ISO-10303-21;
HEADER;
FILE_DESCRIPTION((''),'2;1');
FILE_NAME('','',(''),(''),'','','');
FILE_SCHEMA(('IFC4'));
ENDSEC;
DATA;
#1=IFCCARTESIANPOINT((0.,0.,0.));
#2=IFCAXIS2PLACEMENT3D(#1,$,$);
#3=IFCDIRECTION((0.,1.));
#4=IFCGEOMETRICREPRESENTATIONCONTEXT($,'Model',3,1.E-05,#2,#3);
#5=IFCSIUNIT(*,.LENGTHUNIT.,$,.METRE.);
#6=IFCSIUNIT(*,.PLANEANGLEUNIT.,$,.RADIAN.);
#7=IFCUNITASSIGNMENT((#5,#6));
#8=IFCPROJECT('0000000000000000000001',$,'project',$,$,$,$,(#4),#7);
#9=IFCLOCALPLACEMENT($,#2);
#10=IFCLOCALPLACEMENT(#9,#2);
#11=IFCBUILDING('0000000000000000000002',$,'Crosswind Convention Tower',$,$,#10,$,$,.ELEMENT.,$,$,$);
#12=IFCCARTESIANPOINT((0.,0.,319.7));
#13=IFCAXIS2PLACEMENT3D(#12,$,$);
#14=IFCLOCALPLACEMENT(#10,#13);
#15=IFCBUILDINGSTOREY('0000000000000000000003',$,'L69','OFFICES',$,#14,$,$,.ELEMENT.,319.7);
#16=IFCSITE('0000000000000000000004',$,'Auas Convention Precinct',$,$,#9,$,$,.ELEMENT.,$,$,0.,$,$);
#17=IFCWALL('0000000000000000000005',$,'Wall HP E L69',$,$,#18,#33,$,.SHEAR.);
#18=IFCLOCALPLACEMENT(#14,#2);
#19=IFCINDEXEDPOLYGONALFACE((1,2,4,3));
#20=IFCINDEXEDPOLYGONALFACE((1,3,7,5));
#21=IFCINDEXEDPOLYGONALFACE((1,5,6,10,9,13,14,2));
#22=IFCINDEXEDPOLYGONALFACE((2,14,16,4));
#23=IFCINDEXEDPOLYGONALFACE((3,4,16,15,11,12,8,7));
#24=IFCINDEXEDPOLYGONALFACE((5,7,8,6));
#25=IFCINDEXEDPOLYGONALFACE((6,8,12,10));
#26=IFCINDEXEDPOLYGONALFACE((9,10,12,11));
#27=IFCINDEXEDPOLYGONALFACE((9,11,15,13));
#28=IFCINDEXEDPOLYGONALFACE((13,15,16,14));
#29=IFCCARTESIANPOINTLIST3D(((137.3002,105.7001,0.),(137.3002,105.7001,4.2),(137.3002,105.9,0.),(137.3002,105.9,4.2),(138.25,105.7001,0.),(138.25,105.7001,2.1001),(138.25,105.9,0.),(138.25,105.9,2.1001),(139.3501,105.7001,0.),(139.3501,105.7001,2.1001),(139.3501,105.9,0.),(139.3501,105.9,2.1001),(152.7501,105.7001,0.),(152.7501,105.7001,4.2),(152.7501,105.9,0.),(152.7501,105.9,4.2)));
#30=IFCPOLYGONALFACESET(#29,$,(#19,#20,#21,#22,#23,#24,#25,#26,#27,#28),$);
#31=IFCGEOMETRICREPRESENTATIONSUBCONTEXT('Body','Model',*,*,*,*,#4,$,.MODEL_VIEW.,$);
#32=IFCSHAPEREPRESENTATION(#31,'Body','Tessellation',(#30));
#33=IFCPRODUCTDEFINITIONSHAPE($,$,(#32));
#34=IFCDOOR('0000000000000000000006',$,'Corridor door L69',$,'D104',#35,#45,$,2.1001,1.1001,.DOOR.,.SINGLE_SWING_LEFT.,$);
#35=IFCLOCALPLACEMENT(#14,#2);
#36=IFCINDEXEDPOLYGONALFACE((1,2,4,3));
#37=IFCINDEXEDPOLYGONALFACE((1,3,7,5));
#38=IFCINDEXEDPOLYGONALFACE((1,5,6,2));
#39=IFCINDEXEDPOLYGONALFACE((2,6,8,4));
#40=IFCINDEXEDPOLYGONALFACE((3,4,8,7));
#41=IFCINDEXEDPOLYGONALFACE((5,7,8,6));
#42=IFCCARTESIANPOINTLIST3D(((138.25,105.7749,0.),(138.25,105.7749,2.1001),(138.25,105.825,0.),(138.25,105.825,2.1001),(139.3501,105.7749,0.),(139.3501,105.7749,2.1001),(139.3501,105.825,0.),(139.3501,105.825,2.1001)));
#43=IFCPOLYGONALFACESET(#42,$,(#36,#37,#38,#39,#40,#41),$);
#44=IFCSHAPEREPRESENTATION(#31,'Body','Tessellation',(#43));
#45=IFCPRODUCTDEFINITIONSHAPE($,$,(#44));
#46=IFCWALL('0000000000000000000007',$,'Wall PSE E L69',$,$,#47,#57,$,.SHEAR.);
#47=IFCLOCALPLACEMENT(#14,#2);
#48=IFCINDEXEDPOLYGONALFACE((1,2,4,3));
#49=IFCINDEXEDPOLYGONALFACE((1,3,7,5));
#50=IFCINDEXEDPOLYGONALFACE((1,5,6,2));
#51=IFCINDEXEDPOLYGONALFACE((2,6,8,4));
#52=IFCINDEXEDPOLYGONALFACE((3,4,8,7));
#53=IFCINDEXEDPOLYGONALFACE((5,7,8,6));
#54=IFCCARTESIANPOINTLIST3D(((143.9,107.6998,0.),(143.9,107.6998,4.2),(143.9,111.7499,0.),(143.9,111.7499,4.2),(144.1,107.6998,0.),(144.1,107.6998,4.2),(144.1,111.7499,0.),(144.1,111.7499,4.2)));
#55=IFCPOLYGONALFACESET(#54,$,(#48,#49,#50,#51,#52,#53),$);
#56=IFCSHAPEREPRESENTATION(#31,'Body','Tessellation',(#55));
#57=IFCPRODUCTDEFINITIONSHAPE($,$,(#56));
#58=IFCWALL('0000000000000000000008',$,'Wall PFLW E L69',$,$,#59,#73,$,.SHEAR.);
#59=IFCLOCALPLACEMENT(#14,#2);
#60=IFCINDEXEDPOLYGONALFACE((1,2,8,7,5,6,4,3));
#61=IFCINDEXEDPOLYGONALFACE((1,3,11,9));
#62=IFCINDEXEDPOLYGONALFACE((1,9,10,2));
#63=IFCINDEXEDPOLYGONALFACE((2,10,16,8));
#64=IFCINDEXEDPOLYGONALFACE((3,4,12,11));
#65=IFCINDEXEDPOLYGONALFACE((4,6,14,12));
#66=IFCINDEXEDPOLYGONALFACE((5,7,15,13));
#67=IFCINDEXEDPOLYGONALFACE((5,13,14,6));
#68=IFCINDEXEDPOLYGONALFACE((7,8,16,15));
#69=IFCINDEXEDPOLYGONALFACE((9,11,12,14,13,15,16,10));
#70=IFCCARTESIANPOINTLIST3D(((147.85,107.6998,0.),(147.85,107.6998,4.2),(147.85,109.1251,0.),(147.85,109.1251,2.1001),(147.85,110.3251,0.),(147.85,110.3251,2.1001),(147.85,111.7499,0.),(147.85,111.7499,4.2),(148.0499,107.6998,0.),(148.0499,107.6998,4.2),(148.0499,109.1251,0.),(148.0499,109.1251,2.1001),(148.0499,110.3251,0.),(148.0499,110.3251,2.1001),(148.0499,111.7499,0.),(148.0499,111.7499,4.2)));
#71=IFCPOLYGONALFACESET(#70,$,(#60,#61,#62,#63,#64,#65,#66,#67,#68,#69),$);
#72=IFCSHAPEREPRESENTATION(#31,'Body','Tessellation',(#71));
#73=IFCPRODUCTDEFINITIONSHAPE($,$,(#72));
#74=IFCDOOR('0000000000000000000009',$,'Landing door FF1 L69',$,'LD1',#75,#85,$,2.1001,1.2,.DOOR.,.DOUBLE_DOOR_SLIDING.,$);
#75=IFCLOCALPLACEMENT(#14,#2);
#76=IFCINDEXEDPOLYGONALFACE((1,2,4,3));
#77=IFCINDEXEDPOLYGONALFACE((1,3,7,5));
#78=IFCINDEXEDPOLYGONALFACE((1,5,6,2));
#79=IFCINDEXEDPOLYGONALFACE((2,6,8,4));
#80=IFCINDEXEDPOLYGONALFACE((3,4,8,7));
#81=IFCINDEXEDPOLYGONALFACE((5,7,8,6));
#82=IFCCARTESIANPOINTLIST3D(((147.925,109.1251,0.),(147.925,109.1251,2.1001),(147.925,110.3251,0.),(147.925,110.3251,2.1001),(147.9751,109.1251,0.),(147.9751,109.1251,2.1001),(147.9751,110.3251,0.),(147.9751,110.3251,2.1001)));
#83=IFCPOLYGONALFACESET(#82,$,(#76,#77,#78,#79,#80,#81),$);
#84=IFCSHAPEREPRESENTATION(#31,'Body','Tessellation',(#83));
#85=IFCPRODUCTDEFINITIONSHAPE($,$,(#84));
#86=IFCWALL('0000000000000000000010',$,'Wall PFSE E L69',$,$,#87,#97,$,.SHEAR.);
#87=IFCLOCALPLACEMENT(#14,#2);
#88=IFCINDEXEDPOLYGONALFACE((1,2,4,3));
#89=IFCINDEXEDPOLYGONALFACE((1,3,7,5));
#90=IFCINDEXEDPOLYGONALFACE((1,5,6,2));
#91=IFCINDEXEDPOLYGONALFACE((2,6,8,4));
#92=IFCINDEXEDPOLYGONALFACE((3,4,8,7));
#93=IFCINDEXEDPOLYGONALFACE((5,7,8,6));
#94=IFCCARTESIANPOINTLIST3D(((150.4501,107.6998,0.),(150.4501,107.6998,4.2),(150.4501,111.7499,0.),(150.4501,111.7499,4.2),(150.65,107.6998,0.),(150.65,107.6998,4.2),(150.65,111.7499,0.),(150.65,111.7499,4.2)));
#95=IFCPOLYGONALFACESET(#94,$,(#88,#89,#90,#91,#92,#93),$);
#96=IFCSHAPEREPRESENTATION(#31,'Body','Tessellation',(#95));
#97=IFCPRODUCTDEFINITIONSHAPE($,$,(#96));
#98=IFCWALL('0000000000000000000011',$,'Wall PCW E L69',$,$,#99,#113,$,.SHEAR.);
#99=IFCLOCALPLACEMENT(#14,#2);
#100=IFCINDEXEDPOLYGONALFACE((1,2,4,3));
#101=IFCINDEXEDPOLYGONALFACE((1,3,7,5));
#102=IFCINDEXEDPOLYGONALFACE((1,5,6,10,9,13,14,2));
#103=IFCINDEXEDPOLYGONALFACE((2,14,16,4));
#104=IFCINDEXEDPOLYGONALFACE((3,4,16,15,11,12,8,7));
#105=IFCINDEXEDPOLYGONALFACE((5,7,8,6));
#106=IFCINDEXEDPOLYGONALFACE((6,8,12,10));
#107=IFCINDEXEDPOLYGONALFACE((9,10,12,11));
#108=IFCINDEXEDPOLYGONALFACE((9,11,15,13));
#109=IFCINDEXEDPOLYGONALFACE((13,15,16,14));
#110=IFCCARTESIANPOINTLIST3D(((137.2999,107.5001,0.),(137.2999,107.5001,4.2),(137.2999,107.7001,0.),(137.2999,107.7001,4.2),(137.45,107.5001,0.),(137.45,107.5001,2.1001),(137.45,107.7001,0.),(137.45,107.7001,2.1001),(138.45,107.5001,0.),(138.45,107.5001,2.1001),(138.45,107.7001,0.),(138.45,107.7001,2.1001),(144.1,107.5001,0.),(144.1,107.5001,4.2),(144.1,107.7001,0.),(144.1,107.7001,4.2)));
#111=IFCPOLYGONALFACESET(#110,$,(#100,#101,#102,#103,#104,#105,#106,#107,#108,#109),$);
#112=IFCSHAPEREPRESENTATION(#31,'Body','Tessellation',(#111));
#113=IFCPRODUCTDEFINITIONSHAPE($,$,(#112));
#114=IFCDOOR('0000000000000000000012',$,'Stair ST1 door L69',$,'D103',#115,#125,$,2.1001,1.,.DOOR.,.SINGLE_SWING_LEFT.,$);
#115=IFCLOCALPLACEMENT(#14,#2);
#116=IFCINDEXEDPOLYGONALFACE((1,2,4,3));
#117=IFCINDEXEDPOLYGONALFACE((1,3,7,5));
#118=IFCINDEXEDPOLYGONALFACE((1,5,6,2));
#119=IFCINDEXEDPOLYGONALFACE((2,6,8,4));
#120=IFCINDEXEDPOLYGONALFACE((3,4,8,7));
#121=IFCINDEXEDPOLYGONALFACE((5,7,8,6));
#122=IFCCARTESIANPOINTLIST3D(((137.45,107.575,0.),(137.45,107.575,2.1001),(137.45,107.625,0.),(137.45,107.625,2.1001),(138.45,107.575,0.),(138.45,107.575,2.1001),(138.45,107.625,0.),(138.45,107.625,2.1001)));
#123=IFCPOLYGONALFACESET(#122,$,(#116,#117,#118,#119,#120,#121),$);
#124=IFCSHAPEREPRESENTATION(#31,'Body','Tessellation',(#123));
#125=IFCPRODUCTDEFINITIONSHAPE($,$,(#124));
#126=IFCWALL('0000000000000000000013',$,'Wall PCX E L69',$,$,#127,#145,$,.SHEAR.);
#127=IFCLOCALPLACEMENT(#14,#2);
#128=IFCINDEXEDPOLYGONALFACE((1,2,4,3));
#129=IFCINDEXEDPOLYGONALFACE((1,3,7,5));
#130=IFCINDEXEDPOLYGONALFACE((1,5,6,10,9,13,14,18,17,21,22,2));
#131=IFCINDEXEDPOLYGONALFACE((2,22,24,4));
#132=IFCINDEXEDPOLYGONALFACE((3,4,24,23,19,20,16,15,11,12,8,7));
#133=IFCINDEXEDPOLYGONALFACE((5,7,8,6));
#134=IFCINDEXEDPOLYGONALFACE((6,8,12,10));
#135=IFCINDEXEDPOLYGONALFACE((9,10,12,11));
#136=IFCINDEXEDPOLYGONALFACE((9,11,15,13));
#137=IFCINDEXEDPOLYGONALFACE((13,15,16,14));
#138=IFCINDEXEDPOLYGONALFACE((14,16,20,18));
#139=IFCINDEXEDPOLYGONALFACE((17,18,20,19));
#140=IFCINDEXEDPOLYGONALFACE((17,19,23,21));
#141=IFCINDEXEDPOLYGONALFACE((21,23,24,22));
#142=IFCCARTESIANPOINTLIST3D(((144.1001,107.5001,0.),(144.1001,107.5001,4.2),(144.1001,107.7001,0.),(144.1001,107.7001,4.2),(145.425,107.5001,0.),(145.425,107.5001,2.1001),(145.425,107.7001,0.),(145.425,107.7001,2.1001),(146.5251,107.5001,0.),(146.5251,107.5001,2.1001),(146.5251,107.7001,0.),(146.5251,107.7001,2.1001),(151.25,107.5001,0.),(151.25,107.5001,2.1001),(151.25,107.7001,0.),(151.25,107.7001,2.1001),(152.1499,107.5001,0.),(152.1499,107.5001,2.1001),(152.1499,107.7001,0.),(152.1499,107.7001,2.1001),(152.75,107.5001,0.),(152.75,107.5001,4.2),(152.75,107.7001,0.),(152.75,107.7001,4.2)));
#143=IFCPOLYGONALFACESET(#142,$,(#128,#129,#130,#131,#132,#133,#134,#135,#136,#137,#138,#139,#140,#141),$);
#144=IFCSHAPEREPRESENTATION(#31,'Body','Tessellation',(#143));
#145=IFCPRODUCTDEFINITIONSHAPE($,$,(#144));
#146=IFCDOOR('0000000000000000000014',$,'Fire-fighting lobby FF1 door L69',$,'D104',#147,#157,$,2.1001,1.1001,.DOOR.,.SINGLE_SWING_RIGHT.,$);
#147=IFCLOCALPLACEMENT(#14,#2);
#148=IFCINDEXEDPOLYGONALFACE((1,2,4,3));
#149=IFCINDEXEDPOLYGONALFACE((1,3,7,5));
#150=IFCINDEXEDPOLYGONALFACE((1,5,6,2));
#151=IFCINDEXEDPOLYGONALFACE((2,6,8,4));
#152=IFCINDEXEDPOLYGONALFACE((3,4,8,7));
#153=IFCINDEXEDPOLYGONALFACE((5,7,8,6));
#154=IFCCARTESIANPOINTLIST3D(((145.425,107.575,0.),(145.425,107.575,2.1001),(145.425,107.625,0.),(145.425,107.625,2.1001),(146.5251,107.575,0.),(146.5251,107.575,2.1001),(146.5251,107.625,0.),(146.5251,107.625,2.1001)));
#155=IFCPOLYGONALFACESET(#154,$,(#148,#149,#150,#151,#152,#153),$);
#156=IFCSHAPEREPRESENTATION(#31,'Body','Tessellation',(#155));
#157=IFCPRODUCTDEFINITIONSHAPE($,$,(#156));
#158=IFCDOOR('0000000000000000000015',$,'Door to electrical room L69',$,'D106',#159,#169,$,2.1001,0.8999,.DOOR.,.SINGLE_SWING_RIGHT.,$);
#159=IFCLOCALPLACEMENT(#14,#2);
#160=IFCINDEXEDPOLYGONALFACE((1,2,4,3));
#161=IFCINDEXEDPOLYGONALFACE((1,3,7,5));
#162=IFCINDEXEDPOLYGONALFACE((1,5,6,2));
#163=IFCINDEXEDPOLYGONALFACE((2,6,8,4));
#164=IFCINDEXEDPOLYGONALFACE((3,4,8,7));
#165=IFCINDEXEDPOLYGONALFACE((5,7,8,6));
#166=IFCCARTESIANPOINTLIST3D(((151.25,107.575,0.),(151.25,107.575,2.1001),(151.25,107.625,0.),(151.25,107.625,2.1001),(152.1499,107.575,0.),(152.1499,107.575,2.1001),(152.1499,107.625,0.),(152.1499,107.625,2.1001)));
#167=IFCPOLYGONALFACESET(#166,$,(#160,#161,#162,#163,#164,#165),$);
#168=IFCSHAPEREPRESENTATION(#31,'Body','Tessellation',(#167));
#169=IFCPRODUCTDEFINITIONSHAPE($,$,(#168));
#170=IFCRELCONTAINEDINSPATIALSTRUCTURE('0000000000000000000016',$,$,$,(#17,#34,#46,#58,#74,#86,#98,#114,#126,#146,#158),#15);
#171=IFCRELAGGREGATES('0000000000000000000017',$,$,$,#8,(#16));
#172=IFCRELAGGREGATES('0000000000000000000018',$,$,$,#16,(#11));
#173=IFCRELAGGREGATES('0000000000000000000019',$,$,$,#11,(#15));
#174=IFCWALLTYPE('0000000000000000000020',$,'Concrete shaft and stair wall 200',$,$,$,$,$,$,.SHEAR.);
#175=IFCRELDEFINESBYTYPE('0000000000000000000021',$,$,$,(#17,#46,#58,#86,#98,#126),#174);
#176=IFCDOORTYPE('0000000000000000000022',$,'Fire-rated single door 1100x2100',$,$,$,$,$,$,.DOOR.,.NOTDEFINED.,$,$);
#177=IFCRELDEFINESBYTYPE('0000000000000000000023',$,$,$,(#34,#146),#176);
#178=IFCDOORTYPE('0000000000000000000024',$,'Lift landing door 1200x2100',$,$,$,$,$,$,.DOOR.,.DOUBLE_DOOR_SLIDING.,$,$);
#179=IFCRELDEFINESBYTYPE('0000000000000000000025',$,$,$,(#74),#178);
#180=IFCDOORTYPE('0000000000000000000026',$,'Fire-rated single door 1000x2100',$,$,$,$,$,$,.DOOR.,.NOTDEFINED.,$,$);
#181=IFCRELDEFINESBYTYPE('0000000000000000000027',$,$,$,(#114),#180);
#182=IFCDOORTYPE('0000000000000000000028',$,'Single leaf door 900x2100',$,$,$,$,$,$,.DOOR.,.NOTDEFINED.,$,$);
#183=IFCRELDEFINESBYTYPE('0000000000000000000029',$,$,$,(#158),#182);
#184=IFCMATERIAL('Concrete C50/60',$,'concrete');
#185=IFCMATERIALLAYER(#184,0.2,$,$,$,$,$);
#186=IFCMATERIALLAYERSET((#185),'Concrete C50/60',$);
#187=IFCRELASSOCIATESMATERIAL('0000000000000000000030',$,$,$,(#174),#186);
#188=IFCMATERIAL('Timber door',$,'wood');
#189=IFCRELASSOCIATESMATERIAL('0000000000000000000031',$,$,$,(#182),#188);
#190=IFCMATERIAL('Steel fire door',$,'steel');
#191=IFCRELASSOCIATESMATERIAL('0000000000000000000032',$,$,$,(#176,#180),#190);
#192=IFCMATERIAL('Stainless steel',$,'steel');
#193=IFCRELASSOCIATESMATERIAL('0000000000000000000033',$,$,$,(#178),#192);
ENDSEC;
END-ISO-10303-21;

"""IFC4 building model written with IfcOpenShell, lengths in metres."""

from ifc_helpers import new_model, si_unit, direction, frame, frame_2d, origin, place, context, subcontext, project, spatial, rectangle, extrude, material, layer, layer_set, type_object, element, fill, save


model = new_model("IFC4")

# Units and contexts
model_context = context("Model", 3, precision=1e-05, world=origin(), true_north=direction((0.0, 1.0)))
body_context = subcontext(model_context, "Body", "Model", "MODEL_VIEW")
ifc_project = project(units=[si_unit("LENGTHUNIT", "METRE"), si_unit("PLANEANGLEUNIT", "RADIAN")], contexts=[model_context])

# Site, building, storey
site_placement = place(None, origin())
site = spatial("IfcSite", under=ifc_project, at=site_placement, Name="Auas Convention Precinct", CompositionType="ELEMENT", RefElevation=0.0)
building_placement = place(site_placement, origin())
building = spatial("IfcBuilding", under=site, at=building_placement, Name="Crosswind Convention Tower", CompositionType="ELEMENT")
storey_placement = place(building_placement, frame((0.0, 0.0, 319.7)))
storey = spatial("IfcBuildingStorey", under=building, at=storey_placement, Name="L69", Description="OFFICES", CompositionType="ELEMENT", Elevation=319.7)

# Shared definitions
ifc_material_1 = material(Name="Concrete C50/60", Category="concrete")
ifc_layer_1 = layer(ifc_material_1, 0.2)
ifc_layer_set_1 = layer_set([ifc_layer_1], Name="Concrete C50/60")
wall_type_1 = type_object("IfcWallType", Name="Concrete shaft and stair wall 200", PredefinedType="SHEAR", material=ifc_layer_set_1)

# Shared definitions
ifc_material_2 = material(Name="Timber door", Category="wood")
door_type_1 = type_object("IfcDoorType", Name="Single leaf door 900x2100", OperationType="NOTDEFINED", PredefinedType="DOOR", material=ifc_material_2)

# Wall, opening, door
wall_1_placement = place(storey_placement, frame((137.3, 105.8, 0.0), z_axis=(0.0, 0.0, 1.0), x_axis=(1.0, 0.0, 0.0)))
wall_1 = element("IfcWall", 1, at=wall_1_placement, inside=storey, type_object=wall_type_1, Name="Wall HP E L69", PredefinedType="SHEAR", context=body_context, shape_type="SweptSolid", body=[
    extrude(rectangle(XDim=15.45, YDim=0.2, at=frame_2d((7.7251, 0.0))), origin(), (0.0, 0.0, 1.0), 4.2),
])
opening_1_placement = place(wall_1_placement, frame((0.95, 0.0, 0.0)))
opening_1 = element("IfcOpeningElement", 2, at=opening_1_placement, cuts=wall_1, PredefinedType="OPENING", context=body_context, shape_type="SweptSolid", body=[
    extrude(rectangle(XDim=1.1001, YDim=2.1001, at=frame_2d((0.55, 1.05))), frame((0.0, 0.1099, 0.0), z_axis=(0.0, -1.0, 0.0), x_axis=(1.0, 0.0, 0.0)), (0.0, 0.0, 1.0), 0.22),
])
ifc_material_3 = material(Name="Steel fire door", Category="steel")
door_type_2 = type_object("IfcDoorType", Name="Fire-rated single door 1100x2100", OperationType="NOTDEFINED", PredefinedType="DOOR", material=ifc_material_3)
door_1_placement = place(opening_1_placement, origin())
door_1 = element("IfcDoor", 3, at=door_1_placement, inside=storey, type_object=door_type_2, Name="Corridor door L69", ObjectType="D104", OperationType="SINGLE_SWING_LEFT", OverallHeight=2.1001, OverallWidth=1.1001, PredefinedType="DOOR", context=body_context, shape_type="SweptSolid", body=[
    extrude(rectangle(XDim=1.1001, YDim=2.1001, at=frame_2d((0.55, 1.05))), frame((0.0, 0.0249, 0.0), z_axis=(0.0, -1.0, 0.0), x_axis=(1.0, 0.0, 0.0)), (0.0, 0.0, 1.0), 0.05),
])
fill(opening_1, door_1)

# Wall
wall_2_placement = place(storey_placement, frame((144.0, 107.7, 0.0), z_axis=(0.0, 0.0, 1.0), x_axis=(0.0, 1.0, 0.0)))
element("IfcWall", 4, at=wall_2_placement, inside=storey, type_object=wall_type_1, Name="Wall PSE E L69", PredefinedType="SHEAR", context=body_context, shape_type="SweptSolid", body=[
    extrude(rectangle(XDim=4.05, YDim=0.2, at=frame_2d((2.0249, 0.0))), origin(), (0.0, 0.0, 1.0), 4.2),
])

# Wall, opening, door
wall_3_placement = place(storey_placement, frame((147.95, 107.7, 0.0), z_axis=(0.0, 0.0, 1.0), x_axis=(0.0, 1.0, 0.0)))
wall_3 = element("IfcWall", 5, at=wall_3_placement, inside=storey, type_object=wall_type_1, Name="Wall PFLW E L69", PredefinedType="SHEAR", context=body_context, shape_type="SweptSolid", body=[
    extrude(rectangle(XDim=4.05, YDim=0.2, at=frame_2d((2.0249, 0.0))), origin(), (0.0, 0.0, 1.0), 4.2),
])
opening_2_placement = place(wall_3_placement, frame((1.425, 0.0, 0.0)))
opening_2 = element("IfcOpeningElement", 6, at=opening_2_placement, cuts=wall_3, PredefinedType="OPENING", context=body_context, shape_type="SweptSolid", body=[
    extrude(rectangle(XDim=1.2, YDim=2.1001, at=frame_2d((0.6001, 1.05))), frame((0.0, 0.1099, 0.0), z_axis=(0.0, -1.0, 0.0), x_axis=(1.0, 0.0, 0.0)), (0.0, 0.0, 1.0), 0.22),
])
ifc_material_4 = material(Name="Stainless steel", Category="steel")
door_type_3 = type_object("IfcDoorType", Name="Lift landing door 1200x2100", OperationType="DOUBLE_DOOR_SLIDING", PredefinedType="DOOR", material=ifc_material_4)
door_2_placement = place(opening_2_placement, origin())
door_2 = element("IfcDoor", 7, at=door_2_placement, inside=storey, type_object=door_type_3, Name="Landing door FF1 L69", ObjectType="LD1", OperationType="DOUBLE_DOOR_SLIDING", OverallHeight=2.1001, OverallWidth=1.2, PredefinedType="DOOR", context=body_context, shape_type="SweptSolid", body=[
    extrude(rectangle(XDim=1.2, YDim=2.1001, at=frame_2d((0.6001, 1.05))), frame((0.0, 0.0249, 0.0), z_axis=(0.0, -1.0, 0.0), x_axis=(1.0, 0.0, 0.0)), (0.0, 0.0, 1.0), 0.05),
])
fill(opening_2, door_2)

# Wall
wall_4_placement = place(storey_placement, frame((150.55, 107.7, 0.0), z_axis=(0.0, 0.0, 1.0), x_axis=(0.0, 1.0, 0.0)))
element("IfcWall", 8, at=wall_4_placement, inside=storey, type_object=wall_type_1, Name="Wall PFSE E L69", PredefinedType="SHEAR", context=body_context, shape_type="SweptSolid", body=[
    extrude(rectangle(XDim=4.05, YDim=0.2, at=frame_2d((2.0249, 0.0))), origin(), (0.0, 0.0, 1.0), 4.2),
])

# Wall, opening, door
wall_5_placement = place(storey_placement, frame((137.3, 107.6001, 0.0), z_axis=(0.0, 0.0, 1.0), x_axis=(1.0, 0.0, 0.0)))
wall_5 = element("IfcWall", 9, at=wall_5_placement, inside=storey, type_object=wall_type_1, Name="Wall PCW E L69", PredefinedType="SHEAR", context=body_context, shape_type="SweptSolid", body=[
    extrude(rectangle(XDim=6.8, YDim=0.2, at=frame_2d((3.3999, 0.0))), origin(), (0.0, 0.0, 1.0), 4.2),
])
opening_3_placement = place(wall_5_placement, frame((0.1499, 0.0, 0.0)))
opening_3 = element("IfcOpeningElement", 10, at=opening_3_placement, cuts=wall_5, PredefinedType="OPENING", context=body_context, shape_type="SweptSolid", body=[
    extrude(rectangle(XDim=1.0, YDim=2.1001, at=frame_2d((0.5, 1.05))), frame((0.0, 0.1099, 0.0), z_axis=(0.0, -1.0, 0.0), x_axis=(1.0, 0.0, 0.0)), (0.0, 0.0, 1.0), 0.22),
])
door_type_4 = type_object("IfcDoorType", Name="Fire-rated single door 1000x2100", OperationType="NOTDEFINED", PredefinedType="DOOR", material=ifc_material_3)
door_3_placement = place(opening_3_placement, origin())
door_3 = element("IfcDoor", 11, at=door_3_placement, inside=storey, type_object=door_type_4, Name="Stair ST1 door L69", ObjectType="D103", OperationType="SINGLE_SWING_LEFT", OverallHeight=2.1001, OverallWidth=1.0, PredefinedType="DOOR", context=body_context, shape_type="SweptSolid", body=[
    extrude(rectangle(XDim=1.0, YDim=2.1001, at=frame_2d((0.5, 1.05))), frame((0.0, 0.0249, 0.0), z_axis=(0.0, -1.0, 0.0), x_axis=(1.0, 0.0, 0.0)), (0.0, 0.0, 1.0), 0.05),
])
fill(opening_3, door_3)

# Wall, openings, doors
wall_6_placement = place(storey_placement, frame((144.1001, 107.6001, 0.0), z_axis=(0.0, 0.0, 1.0), x_axis=(1.0, 0.0, 0.0)))
wall_6 = element("IfcWall", 12, at=wall_6_placement, inside=storey, type_object=wall_type_1, Name="Wall PCX E L69", PredefinedType="SHEAR", context=body_context, shape_type="SweptSolid", body=[
    extrude(rectangle(XDim=8.6499, YDim=0.2, at=frame_2d((4.325, 0.0))), origin(), (0.0, 0.0, 1.0), 4.2),
])
opening_4_placement = place(wall_6_placement, frame((1.325, 0.0, 0.0)))
opening_4 = element("IfcOpeningElement", 13, at=opening_4_placement, cuts=wall_6, PredefinedType="OPENING", context=body_context, shape_type="SweptSolid", body=[
    extrude(rectangle(XDim=1.1001, YDim=2.1001, at=frame_2d((0.55, 1.05))), frame((0.0, 0.1099, 0.0), z_axis=(0.0, -1.0, 0.0), x_axis=(1.0, 0.0, 0.0)), (0.0, 0.0, 1.0), 0.22),
])
opening_5_placement = place(wall_6_placement, frame((7.1499, 0.0, 0.0)))
opening_5 = element("IfcOpeningElement", 14, at=opening_5_placement, cuts=wall_6, PredefinedType="OPENING", context=body_context, shape_type="SweptSolid", body=[
    extrude(rectangle(XDim=0.8999, YDim=2.1001, at=frame_2d((0.45, 1.05))), frame((0.0, 0.1099, 0.0), z_axis=(0.0, -1.0, 0.0), x_axis=(1.0, 0.0, 0.0)), (0.0, 0.0, 1.0), 0.22),
])
door_4_placement = place(opening_4_placement, origin())
door_4 = element("IfcDoor", 15, at=door_4_placement, inside=storey, type_object=door_type_2, Name="Fire-fighting lobby FF1 door L69", ObjectType="D104", OperationType="SINGLE_SWING_RIGHT", OverallHeight=2.1001, OverallWidth=1.1001, PredefinedType="DOOR", context=body_context, shape_type="SweptSolid", body=[
    extrude(rectangle(XDim=1.1001, YDim=2.1001, at=frame_2d((0.55, 1.05))), frame((0.0, 0.0249, 0.0), z_axis=(0.0, -1.0, 0.0), x_axis=(1.0, 0.0, 0.0)), (0.0, 0.0, 1.0), 0.05),
])
fill(opening_4, door_4)
door_5_placement = place(opening_5_placement, origin())
door_5 = element("IfcDoor", 16, at=door_5_placement, inside=storey, type_object=door_type_1, Name="Door to electrical room L69", ObjectType="D106", OperationType="SINGLE_SWING_RIGHT", OverallHeight=2.1001, OverallWidth=0.8999, PredefinedType="DOOR", context=body_context, shape_type="SweptSolid", body=[
    extrude(rectangle(XDim=0.8999, YDim=2.1001, at=frame_2d((0.45, 1.05))), frame((0.0, 0.0249, 0.0), z_axis=(0.0, -1.0, 0.0), x_axis=(1.0, 0.0, 0.0)), (0.0, 0.0, 1.0), 0.05),
])
fill(opening_5, door_5)

save(model, "model.ifc")
